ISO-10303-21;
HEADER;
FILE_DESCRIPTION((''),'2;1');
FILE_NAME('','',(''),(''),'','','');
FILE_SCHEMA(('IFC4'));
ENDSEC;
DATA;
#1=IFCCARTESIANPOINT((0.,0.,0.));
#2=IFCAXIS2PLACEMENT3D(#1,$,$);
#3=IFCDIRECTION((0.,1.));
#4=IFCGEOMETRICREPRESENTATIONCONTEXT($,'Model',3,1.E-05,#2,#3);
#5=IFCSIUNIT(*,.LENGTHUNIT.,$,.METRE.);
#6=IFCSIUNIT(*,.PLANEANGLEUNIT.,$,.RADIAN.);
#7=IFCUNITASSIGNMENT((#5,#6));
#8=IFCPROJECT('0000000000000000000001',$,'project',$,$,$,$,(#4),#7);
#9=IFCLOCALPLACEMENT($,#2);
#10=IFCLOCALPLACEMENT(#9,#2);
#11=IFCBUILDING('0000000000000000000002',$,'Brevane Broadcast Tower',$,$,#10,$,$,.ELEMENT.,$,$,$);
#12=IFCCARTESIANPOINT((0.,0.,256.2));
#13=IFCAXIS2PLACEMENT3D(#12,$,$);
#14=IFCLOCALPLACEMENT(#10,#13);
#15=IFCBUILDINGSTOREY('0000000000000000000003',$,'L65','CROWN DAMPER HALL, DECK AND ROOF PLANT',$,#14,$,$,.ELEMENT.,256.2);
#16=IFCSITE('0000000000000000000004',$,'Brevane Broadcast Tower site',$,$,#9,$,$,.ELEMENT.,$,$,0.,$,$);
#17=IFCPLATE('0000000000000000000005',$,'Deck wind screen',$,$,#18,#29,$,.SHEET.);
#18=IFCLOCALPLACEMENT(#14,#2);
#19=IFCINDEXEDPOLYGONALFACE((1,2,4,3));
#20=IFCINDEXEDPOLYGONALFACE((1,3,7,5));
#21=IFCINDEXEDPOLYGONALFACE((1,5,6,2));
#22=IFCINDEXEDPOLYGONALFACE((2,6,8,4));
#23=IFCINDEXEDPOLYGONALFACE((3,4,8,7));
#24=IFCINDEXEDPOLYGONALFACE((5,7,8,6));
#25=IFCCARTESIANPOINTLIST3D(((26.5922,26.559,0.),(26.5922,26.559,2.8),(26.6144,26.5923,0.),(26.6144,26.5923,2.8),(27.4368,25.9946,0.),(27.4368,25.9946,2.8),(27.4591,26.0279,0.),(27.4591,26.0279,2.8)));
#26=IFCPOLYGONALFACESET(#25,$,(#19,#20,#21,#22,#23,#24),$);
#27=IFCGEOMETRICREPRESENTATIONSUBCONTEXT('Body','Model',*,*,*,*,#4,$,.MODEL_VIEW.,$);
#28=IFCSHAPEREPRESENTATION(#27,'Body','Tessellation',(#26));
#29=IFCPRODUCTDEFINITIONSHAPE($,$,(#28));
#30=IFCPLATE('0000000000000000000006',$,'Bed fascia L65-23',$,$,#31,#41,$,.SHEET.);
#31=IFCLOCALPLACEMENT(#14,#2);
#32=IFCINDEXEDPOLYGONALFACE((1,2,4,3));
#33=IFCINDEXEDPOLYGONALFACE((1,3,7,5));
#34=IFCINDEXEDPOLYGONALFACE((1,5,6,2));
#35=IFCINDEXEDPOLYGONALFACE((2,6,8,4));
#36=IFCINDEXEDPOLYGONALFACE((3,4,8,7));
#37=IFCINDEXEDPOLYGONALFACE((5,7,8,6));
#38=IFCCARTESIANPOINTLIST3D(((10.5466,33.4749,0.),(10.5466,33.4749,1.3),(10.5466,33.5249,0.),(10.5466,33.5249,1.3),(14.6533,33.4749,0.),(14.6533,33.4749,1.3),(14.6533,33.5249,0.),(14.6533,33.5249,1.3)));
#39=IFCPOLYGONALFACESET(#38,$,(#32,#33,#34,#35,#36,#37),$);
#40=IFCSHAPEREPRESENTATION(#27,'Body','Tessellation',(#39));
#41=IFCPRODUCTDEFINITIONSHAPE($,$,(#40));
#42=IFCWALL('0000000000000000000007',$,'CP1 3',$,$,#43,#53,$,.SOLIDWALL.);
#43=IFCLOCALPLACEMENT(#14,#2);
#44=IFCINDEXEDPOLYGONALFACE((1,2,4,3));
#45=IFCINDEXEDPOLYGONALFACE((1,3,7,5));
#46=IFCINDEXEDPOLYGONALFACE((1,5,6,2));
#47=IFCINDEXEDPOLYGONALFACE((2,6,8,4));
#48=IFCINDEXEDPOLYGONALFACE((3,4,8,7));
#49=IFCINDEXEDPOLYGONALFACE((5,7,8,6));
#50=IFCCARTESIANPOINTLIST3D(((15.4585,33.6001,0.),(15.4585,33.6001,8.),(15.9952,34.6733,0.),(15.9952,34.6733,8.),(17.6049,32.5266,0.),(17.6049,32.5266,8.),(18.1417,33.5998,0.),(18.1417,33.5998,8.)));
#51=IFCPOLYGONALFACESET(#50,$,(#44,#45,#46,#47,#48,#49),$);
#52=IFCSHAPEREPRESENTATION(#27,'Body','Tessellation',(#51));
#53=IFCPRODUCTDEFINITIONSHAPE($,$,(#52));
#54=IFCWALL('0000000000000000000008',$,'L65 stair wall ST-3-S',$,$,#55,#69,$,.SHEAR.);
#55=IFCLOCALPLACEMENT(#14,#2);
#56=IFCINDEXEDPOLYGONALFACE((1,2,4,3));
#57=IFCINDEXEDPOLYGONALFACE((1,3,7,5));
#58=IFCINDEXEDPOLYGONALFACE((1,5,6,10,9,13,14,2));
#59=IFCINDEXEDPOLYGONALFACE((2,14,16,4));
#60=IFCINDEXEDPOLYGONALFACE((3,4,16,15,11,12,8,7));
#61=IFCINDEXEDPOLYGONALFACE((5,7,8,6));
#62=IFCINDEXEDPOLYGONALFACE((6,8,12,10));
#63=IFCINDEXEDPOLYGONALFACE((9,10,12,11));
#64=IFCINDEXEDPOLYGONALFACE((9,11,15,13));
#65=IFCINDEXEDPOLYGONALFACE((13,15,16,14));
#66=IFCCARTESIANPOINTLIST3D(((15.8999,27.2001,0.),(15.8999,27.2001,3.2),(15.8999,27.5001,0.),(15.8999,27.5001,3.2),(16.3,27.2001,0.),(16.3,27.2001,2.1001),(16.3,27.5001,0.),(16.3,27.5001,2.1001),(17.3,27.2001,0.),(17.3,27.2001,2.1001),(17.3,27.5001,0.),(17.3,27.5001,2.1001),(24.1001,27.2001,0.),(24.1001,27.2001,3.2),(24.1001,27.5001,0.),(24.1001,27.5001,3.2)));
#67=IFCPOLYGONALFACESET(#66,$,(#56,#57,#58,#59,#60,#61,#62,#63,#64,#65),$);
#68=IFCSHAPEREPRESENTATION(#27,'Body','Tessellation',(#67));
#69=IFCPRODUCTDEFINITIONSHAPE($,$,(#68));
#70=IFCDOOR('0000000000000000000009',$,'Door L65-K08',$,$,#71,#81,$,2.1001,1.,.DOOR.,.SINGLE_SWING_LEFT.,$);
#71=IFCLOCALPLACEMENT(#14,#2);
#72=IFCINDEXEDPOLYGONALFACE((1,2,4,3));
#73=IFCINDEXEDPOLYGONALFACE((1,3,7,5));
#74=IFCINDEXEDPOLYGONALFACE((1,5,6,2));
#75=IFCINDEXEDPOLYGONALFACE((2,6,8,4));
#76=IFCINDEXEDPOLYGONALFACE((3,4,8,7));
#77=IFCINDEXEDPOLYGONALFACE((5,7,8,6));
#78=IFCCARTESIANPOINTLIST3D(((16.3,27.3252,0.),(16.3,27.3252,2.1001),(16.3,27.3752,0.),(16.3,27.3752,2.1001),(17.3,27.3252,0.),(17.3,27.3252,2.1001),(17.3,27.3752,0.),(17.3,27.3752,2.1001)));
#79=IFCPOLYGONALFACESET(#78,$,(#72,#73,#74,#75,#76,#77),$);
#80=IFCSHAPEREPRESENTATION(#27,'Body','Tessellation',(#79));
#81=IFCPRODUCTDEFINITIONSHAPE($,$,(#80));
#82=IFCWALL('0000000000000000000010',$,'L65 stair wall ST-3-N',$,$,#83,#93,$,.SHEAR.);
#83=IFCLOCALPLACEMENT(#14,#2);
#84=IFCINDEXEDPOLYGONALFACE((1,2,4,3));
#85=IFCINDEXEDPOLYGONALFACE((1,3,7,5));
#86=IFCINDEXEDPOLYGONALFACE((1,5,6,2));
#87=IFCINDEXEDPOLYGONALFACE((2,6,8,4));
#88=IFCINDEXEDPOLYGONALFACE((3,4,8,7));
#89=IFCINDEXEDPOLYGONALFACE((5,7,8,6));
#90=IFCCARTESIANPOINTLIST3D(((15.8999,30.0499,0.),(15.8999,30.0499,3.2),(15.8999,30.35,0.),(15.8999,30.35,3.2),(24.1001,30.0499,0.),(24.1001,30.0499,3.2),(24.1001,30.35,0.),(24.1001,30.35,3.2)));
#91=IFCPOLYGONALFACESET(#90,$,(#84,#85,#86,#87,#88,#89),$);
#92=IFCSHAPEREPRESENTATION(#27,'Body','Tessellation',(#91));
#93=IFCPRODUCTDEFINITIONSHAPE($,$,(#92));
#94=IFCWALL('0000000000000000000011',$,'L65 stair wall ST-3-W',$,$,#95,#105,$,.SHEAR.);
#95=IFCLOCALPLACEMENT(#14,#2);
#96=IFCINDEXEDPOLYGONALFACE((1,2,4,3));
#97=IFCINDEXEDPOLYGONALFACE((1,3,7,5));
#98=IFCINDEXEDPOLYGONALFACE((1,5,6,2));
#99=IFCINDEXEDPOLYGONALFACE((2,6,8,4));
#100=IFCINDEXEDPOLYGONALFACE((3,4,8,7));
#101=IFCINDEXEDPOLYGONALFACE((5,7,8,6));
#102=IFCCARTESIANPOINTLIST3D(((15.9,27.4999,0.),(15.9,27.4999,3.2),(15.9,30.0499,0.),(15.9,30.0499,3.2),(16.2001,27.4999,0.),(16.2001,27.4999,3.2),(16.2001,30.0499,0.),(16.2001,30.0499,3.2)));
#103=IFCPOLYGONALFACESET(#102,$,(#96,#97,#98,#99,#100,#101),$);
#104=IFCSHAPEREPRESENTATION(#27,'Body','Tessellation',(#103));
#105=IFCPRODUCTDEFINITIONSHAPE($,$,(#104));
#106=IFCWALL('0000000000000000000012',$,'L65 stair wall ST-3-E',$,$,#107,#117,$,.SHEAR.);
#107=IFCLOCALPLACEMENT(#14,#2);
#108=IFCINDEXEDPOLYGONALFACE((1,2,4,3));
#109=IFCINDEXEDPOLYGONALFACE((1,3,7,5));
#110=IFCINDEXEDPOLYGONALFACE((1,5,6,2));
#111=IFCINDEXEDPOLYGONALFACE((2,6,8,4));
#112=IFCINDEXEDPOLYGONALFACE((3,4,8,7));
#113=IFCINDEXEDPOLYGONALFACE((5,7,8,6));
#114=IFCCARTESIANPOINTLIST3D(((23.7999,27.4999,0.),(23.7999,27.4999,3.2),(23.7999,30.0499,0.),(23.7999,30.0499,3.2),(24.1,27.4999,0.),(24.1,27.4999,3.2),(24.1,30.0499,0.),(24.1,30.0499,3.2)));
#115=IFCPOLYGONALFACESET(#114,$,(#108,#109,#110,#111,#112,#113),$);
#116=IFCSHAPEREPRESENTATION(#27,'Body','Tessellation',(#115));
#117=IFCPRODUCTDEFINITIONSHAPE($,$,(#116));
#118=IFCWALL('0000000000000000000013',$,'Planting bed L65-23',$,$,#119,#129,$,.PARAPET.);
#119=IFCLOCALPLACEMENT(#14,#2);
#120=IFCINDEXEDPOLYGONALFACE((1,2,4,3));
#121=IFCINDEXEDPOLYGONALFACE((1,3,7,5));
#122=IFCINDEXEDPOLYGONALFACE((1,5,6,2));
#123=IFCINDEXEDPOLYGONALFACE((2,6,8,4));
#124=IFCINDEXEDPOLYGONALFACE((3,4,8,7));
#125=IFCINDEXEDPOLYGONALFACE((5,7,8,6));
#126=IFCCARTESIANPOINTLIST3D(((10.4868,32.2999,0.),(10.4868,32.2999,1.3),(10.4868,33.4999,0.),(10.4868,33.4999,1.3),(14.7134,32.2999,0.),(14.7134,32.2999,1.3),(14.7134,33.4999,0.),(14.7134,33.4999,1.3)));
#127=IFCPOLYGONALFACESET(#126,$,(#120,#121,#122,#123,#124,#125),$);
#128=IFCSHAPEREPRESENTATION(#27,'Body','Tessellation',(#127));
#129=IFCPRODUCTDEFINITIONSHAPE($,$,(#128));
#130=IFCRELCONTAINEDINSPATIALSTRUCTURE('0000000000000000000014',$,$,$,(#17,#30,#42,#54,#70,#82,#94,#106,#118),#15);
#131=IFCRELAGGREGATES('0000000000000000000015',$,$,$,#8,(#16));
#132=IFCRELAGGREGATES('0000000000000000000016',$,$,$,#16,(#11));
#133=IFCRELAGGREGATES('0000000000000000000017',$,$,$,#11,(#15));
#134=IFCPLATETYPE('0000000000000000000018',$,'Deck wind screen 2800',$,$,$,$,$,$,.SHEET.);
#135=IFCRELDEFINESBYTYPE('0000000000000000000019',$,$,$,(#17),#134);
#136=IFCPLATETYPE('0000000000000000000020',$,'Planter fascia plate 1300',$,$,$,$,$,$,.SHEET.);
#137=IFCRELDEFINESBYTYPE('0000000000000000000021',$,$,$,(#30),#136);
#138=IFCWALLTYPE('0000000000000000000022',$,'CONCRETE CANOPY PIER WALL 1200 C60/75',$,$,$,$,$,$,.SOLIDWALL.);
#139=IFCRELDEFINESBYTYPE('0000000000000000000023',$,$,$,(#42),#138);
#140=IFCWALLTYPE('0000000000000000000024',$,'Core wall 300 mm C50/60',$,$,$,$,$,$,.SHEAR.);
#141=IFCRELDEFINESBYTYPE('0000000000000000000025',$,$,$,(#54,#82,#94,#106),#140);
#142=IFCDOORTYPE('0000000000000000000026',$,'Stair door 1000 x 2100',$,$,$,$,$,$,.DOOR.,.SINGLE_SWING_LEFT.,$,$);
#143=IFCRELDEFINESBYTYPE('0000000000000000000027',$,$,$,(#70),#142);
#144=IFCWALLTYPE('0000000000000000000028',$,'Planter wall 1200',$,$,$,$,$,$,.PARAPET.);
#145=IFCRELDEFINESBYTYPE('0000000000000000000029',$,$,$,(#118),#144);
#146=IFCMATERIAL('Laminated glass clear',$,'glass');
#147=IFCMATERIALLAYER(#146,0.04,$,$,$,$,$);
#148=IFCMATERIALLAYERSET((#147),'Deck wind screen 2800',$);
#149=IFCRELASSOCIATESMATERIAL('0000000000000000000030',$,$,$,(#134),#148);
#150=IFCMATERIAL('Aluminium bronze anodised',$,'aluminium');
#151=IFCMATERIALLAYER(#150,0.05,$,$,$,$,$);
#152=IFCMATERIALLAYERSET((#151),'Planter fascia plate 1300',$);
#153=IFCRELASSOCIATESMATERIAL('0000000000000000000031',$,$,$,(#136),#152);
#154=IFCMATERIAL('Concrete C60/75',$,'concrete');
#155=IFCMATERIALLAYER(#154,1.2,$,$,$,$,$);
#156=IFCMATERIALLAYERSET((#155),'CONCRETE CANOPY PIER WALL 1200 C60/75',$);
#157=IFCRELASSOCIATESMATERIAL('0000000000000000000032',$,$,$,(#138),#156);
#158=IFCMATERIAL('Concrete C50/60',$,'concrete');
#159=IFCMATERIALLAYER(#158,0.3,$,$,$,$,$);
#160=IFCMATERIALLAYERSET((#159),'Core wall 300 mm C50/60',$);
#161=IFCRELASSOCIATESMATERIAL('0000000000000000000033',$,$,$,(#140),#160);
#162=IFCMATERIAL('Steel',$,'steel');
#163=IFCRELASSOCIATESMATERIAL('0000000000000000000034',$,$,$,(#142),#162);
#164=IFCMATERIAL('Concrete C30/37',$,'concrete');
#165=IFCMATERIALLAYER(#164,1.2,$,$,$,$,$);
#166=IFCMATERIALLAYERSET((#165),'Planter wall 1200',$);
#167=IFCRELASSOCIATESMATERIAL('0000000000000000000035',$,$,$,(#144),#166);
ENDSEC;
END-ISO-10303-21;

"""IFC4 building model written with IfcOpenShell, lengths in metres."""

from ifc_helpers import new_model, si_unit, direction, frame, frame_2d, origin, origin_2d, place, context, subcontext, project, spatial, polyline, rectangle, outline, extrude, material, layer, layer_set, type_object, element, fill, save


model = new_model("IFC4")

# Units and contexts
model_context = context("Model", 3, precision=1e-05, world=origin(), true_north=direction((0.0, 1.0)))
body_context = subcontext(model_context, "Body", "Model", "MODEL_VIEW")
ifc_project = project(units=[si_unit("LENGTHUNIT", "METRE"), si_unit("PLANEANGLEUNIT", "RADIAN")], contexts=[model_context])

# Site, building, storey
site_placement = place(None, origin())
site = spatial("IfcSite", under=ifc_project, at=site_placement, Name="Brevane Broadcast Tower site", CompositionType="ELEMENT", RefElevation=0.0)
building_placement = place(site_placement, origin())
building = spatial("IfcBuilding", under=site, at=building_placement, Name="Brevane Broadcast Tower", CompositionType="ELEMENT")
storey_placement = place(building_placement, frame((0.0, 0.0, 256.2)))
storey = spatial("IfcBuildingStorey", under=building, at=storey_placement, Name="L65", Description="CROWN DAMPER HALL, DECK AND ROOF PLANT", CompositionType="ELEMENT", Elevation=256.2)

# Plates
ifc_material_1 = material(Name="Laminated glass clear", Category="glass")
ifc_layer_1 = layer(ifc_material_1, 0.04)
ifc_layer_set_1 = layer_set([ifc_layer_1], Name="Deck wind screen 2800")
plate_type_1 = type_object("IfcPlateType", Name="Deck wind screen 2800", PredefinedType="SHEET", material=ifc_layer_set_1)
for number, where, z_axis, x_axis, name in (
    (1, (27.0256, 26.2935, 0.0), (0.0, 0.0, 1.0), (0.831469, -0.555571, 0.0), "Deck wind screen"),
):
    element("IfcPlate", number, at=place(storey_placement, frame(where, z_axis=z_axis, x_axis=x_axis)), inside=storey, type_object=plate_type_1, Name=name, PredefinedType="SHEET", context=body_context, shape_type="SweptSolid", body=[
        extrude(rectangle(XDim=1.0159, YDim=0.04, at=origin_2d()), origin(), (0.0, 0.0, 1.0), 2.8),
    ])
ifc_material_2 = material(Name="Aluminium bronze anodised", Category="aluminium")
ifc_layer_2 = layer(ifc_material_2, 0.05)
ifc_layer_set_2 = layer_set([ifc_layer_2], Name="Planter fascia plate 1300")
plate_type_2 = type_object("IfcPlateType", Name="Planter fascia plate 1300", PredefinedType="SHEET", material=ifc_layer_set_2)
plate_1_placement = place(storey_placement, frame((14.6533, 33.5249, 0.0), z_axis=(0.0, 1.0, 0.0), x_axis=(-1.0, 0.0, 0.0)))
element("IfcPlate", 2, at=plate_1_placement, inside=storey, type_object=plate_type_2, Name="Bed fascia L65-23", PredefinedType="SHEET", context=body_context, shape_type="SweptSolid", body=[
    extrude(outline(polyline([(0.0, 0.0), (4.1067, 0.0), (4.1067, 1.3), (0.0, 1.3), (0.0, 0.0)])), origin(), (0.0, 0.0, -1.0), 0.05),
])

# Wall
ifc_material_3 = material(Name="Concrete C60/75", Category="concrete")
ifc_layer_3 = layer(ifc_material_3, 1.2)
ifc_layer_set_3 = layer_set([ifc_layer_3], Name="CONCRETE CANOPY PIER WALL 1200 C60/75")
wall_type_1 = type_object("IfcWallType", Name="CONCRETE CANOPY PIER WALL 1200 C60/75", PredefinedType="SOLIDWALL", material=ifc_layer_set_3)
wall_1_placement = place(storey_placement, frame((17.8733, 33.0632, 0.0), z_axis=(0.0, 0.0, 1.0), x_axis=(-0.894386, 0.447295, 0.0)))
element("IfcWall", 3, at=wall_1_placement, inside=storey, type_object=wall_type_1, Name="CP1 3", PredefinedType="SOLIDWALL", context=body_context, shape_type="SweptSolid", body=[
    extrude(rectangle(XDim=2.3999, YDim=1.2, at=frame_2d((1.2, 0.0))), origin(), (0.0, 0.0, 1.0), 8.0),
])

# Wall, opening, door
ifc_material_4 = material(Name="Concrete C50/60", Category="concrete")
ifc_layer_4 = layer(ifc_material_4, 0.3)
ifc_layer_set_4 = layer_set([ifc_layer_4], Name="Core wall 300 mm C50/60")
wall_type_2 = type_object("IfcWallType", Name="Core wall 300 mm C50/60", PredefinedType="SHEAR", material=ifc_layer_set_4)
wall_2_placement = place(storey_placement, frame((24.1001, 27.3501, 0.0), z_axis=(0.0, 0.0, 1.0), x_axis=(-1.0, 0.0, 0.0)))
wall_2 = element("IfcWall", 4, at=wall_2_placement, inside=storey, type_object=wall_type_2, Name="L65 stair wall ST-3-S", PredefinedType="SHEAR", context=body_context, shape_type="SweptSolid", body=[
    extrude(rectangle(XDim=8.2002, YDim=0.3, at=frame_2d((4.1001, 0.0))), origin(), (0.0, 0.0, 1.0), 3.2),
])
opening_placement = place(wall_2_placement, frame((6.8, 0.0, 0.0)))
opening = element("IfcOpeningElement", 5, at=opening_placement, cuts=wall_2, PredefinedType="OPENING", context=body_context, shape_type="SweptSolid", body=[
    extrude(rectangle(XDim=1.0, YDim=2.1001, at=frame_2d((0.5, 1.05))), frame((0.0, 0.1599, 0.0), z_axis=(0.0, -1.0, 0.0), x_axis=(1.0, 0.0, 0.0)), (0.0, 0.0, 1.0), 0.3201),
])
ifc_material_5 = material(Name="Steel", Category="steel")
door_type = type_object("IfcDoorType", Name="Stair door 1000 x 2100", OperationType="SINGLE_SWING_LEFT", PredefinedType="DOOR", material=ifc_material_5)
door_placement = place(opening_placement, origin())
door = element("IfcDoor", 6, at=door_placement, inside=storey, type_object=door_type, Name="Door L65-K08", OperationType="SINGLE_SWING_LEFT", OverallHeight=2.1001, OverallWidth=1.0, PredefinedType="DOOR", context=body_context, shape_type="SweptSolid", body=[
    extrude(rectangle(XDim=1.0, YDim=2.1001, at=frame_2d((0.5, 1.05))), frame((0.0, 0.0249, 0.0), z_axis=(0.0, -1.0, 0.0), x_axis=(1.0, 0.0, 0.0)), (0.0, 0.0, 1.0), 0.05),
])
fill(opening, door)

# Walls
wall_3_placement = place(storey_placement, frame((15.8999, 30.2, 0.0), z_axis=(0.0, 0.0, 1.0), x_axis=(1.0, 0.0, 0.0)))
element("IfcWall", 7, at=wall_3_placement, inside=storey, type_object=wall_type_2, Name="L65 stair wall ST-3-N", PredefinedType="SHEAR", context=body_context, shape_type="SweptSolid", body=[
    extrude(rectangle(XDim=8.2002, YDim=0.3, at=frame_2d((4.1001, 0.0))), origin(), (0.0, 0.0, 1.0), 3.2),
])
for number, where, z_axis, x_axis, name in (
    (8, (16.05, 27.5, 0.0), (0.0, 0.0, 1.0), (0.0, 1.0, 0.0), "L65 stair wall ST-3-W"),
    (9, (23.95, 27.5, 0.0), (0.0, 0.0, 1.0), (0.0, 1.0, 0.0), "L65 stair wall ST-3-E"),
):
    element("IfcWall", number, at=place(storey_placement, frame(where, z_axis=z_axis, x_axis=x_axis)), inside=storey, type_object=wall_type_2, Name=name, PredefinedType="SHEAR", context=body_context, shape_type="SweptSolid", body=[
        extrude(rectangle(XDim=2.55, YDim=0.3, at=frame_2d((1.2749, 0.0))), origin(), (0.0, 0.0, 1.0), 3.2),
    ])
ifc_material_6 = material(Name="Concrete C30/37", Category="concrete")
ifc_layer_5 = layer(ifc_material_6, 1.2)
ifc_layer_set_5 = layer_set([ifc_layer_5], Name="Planter wall 1200")
wall_type_3 = type_object("IfcWallType", Name="Planter wall 1200", PredefinedType="PARAPET", material=ifc_layer_set_5)
wall_4_placement = place(storey_placement, frame((14.7134, 32.8999, 0.0), z_axis=(0.0, 0.0, 1.0), x_axis=(-1.0, 0.0, 0.0)))
element("IfcWall", 10, at=wall_4_placement, inside=storey, type_object=wall_type_3, Name="Planting bed L65-23", PredefinedType="PARAPET", context=body_context, shape_type="SweptSolid", body=[
    extrude(rectangle(XDim=4.2266, YDim=1.2, at=frame_2d((2.1133, 0.0))), origin(), (0.0, 0.0, 1.0), 1.3),
])

save(model, "model.ifc")
